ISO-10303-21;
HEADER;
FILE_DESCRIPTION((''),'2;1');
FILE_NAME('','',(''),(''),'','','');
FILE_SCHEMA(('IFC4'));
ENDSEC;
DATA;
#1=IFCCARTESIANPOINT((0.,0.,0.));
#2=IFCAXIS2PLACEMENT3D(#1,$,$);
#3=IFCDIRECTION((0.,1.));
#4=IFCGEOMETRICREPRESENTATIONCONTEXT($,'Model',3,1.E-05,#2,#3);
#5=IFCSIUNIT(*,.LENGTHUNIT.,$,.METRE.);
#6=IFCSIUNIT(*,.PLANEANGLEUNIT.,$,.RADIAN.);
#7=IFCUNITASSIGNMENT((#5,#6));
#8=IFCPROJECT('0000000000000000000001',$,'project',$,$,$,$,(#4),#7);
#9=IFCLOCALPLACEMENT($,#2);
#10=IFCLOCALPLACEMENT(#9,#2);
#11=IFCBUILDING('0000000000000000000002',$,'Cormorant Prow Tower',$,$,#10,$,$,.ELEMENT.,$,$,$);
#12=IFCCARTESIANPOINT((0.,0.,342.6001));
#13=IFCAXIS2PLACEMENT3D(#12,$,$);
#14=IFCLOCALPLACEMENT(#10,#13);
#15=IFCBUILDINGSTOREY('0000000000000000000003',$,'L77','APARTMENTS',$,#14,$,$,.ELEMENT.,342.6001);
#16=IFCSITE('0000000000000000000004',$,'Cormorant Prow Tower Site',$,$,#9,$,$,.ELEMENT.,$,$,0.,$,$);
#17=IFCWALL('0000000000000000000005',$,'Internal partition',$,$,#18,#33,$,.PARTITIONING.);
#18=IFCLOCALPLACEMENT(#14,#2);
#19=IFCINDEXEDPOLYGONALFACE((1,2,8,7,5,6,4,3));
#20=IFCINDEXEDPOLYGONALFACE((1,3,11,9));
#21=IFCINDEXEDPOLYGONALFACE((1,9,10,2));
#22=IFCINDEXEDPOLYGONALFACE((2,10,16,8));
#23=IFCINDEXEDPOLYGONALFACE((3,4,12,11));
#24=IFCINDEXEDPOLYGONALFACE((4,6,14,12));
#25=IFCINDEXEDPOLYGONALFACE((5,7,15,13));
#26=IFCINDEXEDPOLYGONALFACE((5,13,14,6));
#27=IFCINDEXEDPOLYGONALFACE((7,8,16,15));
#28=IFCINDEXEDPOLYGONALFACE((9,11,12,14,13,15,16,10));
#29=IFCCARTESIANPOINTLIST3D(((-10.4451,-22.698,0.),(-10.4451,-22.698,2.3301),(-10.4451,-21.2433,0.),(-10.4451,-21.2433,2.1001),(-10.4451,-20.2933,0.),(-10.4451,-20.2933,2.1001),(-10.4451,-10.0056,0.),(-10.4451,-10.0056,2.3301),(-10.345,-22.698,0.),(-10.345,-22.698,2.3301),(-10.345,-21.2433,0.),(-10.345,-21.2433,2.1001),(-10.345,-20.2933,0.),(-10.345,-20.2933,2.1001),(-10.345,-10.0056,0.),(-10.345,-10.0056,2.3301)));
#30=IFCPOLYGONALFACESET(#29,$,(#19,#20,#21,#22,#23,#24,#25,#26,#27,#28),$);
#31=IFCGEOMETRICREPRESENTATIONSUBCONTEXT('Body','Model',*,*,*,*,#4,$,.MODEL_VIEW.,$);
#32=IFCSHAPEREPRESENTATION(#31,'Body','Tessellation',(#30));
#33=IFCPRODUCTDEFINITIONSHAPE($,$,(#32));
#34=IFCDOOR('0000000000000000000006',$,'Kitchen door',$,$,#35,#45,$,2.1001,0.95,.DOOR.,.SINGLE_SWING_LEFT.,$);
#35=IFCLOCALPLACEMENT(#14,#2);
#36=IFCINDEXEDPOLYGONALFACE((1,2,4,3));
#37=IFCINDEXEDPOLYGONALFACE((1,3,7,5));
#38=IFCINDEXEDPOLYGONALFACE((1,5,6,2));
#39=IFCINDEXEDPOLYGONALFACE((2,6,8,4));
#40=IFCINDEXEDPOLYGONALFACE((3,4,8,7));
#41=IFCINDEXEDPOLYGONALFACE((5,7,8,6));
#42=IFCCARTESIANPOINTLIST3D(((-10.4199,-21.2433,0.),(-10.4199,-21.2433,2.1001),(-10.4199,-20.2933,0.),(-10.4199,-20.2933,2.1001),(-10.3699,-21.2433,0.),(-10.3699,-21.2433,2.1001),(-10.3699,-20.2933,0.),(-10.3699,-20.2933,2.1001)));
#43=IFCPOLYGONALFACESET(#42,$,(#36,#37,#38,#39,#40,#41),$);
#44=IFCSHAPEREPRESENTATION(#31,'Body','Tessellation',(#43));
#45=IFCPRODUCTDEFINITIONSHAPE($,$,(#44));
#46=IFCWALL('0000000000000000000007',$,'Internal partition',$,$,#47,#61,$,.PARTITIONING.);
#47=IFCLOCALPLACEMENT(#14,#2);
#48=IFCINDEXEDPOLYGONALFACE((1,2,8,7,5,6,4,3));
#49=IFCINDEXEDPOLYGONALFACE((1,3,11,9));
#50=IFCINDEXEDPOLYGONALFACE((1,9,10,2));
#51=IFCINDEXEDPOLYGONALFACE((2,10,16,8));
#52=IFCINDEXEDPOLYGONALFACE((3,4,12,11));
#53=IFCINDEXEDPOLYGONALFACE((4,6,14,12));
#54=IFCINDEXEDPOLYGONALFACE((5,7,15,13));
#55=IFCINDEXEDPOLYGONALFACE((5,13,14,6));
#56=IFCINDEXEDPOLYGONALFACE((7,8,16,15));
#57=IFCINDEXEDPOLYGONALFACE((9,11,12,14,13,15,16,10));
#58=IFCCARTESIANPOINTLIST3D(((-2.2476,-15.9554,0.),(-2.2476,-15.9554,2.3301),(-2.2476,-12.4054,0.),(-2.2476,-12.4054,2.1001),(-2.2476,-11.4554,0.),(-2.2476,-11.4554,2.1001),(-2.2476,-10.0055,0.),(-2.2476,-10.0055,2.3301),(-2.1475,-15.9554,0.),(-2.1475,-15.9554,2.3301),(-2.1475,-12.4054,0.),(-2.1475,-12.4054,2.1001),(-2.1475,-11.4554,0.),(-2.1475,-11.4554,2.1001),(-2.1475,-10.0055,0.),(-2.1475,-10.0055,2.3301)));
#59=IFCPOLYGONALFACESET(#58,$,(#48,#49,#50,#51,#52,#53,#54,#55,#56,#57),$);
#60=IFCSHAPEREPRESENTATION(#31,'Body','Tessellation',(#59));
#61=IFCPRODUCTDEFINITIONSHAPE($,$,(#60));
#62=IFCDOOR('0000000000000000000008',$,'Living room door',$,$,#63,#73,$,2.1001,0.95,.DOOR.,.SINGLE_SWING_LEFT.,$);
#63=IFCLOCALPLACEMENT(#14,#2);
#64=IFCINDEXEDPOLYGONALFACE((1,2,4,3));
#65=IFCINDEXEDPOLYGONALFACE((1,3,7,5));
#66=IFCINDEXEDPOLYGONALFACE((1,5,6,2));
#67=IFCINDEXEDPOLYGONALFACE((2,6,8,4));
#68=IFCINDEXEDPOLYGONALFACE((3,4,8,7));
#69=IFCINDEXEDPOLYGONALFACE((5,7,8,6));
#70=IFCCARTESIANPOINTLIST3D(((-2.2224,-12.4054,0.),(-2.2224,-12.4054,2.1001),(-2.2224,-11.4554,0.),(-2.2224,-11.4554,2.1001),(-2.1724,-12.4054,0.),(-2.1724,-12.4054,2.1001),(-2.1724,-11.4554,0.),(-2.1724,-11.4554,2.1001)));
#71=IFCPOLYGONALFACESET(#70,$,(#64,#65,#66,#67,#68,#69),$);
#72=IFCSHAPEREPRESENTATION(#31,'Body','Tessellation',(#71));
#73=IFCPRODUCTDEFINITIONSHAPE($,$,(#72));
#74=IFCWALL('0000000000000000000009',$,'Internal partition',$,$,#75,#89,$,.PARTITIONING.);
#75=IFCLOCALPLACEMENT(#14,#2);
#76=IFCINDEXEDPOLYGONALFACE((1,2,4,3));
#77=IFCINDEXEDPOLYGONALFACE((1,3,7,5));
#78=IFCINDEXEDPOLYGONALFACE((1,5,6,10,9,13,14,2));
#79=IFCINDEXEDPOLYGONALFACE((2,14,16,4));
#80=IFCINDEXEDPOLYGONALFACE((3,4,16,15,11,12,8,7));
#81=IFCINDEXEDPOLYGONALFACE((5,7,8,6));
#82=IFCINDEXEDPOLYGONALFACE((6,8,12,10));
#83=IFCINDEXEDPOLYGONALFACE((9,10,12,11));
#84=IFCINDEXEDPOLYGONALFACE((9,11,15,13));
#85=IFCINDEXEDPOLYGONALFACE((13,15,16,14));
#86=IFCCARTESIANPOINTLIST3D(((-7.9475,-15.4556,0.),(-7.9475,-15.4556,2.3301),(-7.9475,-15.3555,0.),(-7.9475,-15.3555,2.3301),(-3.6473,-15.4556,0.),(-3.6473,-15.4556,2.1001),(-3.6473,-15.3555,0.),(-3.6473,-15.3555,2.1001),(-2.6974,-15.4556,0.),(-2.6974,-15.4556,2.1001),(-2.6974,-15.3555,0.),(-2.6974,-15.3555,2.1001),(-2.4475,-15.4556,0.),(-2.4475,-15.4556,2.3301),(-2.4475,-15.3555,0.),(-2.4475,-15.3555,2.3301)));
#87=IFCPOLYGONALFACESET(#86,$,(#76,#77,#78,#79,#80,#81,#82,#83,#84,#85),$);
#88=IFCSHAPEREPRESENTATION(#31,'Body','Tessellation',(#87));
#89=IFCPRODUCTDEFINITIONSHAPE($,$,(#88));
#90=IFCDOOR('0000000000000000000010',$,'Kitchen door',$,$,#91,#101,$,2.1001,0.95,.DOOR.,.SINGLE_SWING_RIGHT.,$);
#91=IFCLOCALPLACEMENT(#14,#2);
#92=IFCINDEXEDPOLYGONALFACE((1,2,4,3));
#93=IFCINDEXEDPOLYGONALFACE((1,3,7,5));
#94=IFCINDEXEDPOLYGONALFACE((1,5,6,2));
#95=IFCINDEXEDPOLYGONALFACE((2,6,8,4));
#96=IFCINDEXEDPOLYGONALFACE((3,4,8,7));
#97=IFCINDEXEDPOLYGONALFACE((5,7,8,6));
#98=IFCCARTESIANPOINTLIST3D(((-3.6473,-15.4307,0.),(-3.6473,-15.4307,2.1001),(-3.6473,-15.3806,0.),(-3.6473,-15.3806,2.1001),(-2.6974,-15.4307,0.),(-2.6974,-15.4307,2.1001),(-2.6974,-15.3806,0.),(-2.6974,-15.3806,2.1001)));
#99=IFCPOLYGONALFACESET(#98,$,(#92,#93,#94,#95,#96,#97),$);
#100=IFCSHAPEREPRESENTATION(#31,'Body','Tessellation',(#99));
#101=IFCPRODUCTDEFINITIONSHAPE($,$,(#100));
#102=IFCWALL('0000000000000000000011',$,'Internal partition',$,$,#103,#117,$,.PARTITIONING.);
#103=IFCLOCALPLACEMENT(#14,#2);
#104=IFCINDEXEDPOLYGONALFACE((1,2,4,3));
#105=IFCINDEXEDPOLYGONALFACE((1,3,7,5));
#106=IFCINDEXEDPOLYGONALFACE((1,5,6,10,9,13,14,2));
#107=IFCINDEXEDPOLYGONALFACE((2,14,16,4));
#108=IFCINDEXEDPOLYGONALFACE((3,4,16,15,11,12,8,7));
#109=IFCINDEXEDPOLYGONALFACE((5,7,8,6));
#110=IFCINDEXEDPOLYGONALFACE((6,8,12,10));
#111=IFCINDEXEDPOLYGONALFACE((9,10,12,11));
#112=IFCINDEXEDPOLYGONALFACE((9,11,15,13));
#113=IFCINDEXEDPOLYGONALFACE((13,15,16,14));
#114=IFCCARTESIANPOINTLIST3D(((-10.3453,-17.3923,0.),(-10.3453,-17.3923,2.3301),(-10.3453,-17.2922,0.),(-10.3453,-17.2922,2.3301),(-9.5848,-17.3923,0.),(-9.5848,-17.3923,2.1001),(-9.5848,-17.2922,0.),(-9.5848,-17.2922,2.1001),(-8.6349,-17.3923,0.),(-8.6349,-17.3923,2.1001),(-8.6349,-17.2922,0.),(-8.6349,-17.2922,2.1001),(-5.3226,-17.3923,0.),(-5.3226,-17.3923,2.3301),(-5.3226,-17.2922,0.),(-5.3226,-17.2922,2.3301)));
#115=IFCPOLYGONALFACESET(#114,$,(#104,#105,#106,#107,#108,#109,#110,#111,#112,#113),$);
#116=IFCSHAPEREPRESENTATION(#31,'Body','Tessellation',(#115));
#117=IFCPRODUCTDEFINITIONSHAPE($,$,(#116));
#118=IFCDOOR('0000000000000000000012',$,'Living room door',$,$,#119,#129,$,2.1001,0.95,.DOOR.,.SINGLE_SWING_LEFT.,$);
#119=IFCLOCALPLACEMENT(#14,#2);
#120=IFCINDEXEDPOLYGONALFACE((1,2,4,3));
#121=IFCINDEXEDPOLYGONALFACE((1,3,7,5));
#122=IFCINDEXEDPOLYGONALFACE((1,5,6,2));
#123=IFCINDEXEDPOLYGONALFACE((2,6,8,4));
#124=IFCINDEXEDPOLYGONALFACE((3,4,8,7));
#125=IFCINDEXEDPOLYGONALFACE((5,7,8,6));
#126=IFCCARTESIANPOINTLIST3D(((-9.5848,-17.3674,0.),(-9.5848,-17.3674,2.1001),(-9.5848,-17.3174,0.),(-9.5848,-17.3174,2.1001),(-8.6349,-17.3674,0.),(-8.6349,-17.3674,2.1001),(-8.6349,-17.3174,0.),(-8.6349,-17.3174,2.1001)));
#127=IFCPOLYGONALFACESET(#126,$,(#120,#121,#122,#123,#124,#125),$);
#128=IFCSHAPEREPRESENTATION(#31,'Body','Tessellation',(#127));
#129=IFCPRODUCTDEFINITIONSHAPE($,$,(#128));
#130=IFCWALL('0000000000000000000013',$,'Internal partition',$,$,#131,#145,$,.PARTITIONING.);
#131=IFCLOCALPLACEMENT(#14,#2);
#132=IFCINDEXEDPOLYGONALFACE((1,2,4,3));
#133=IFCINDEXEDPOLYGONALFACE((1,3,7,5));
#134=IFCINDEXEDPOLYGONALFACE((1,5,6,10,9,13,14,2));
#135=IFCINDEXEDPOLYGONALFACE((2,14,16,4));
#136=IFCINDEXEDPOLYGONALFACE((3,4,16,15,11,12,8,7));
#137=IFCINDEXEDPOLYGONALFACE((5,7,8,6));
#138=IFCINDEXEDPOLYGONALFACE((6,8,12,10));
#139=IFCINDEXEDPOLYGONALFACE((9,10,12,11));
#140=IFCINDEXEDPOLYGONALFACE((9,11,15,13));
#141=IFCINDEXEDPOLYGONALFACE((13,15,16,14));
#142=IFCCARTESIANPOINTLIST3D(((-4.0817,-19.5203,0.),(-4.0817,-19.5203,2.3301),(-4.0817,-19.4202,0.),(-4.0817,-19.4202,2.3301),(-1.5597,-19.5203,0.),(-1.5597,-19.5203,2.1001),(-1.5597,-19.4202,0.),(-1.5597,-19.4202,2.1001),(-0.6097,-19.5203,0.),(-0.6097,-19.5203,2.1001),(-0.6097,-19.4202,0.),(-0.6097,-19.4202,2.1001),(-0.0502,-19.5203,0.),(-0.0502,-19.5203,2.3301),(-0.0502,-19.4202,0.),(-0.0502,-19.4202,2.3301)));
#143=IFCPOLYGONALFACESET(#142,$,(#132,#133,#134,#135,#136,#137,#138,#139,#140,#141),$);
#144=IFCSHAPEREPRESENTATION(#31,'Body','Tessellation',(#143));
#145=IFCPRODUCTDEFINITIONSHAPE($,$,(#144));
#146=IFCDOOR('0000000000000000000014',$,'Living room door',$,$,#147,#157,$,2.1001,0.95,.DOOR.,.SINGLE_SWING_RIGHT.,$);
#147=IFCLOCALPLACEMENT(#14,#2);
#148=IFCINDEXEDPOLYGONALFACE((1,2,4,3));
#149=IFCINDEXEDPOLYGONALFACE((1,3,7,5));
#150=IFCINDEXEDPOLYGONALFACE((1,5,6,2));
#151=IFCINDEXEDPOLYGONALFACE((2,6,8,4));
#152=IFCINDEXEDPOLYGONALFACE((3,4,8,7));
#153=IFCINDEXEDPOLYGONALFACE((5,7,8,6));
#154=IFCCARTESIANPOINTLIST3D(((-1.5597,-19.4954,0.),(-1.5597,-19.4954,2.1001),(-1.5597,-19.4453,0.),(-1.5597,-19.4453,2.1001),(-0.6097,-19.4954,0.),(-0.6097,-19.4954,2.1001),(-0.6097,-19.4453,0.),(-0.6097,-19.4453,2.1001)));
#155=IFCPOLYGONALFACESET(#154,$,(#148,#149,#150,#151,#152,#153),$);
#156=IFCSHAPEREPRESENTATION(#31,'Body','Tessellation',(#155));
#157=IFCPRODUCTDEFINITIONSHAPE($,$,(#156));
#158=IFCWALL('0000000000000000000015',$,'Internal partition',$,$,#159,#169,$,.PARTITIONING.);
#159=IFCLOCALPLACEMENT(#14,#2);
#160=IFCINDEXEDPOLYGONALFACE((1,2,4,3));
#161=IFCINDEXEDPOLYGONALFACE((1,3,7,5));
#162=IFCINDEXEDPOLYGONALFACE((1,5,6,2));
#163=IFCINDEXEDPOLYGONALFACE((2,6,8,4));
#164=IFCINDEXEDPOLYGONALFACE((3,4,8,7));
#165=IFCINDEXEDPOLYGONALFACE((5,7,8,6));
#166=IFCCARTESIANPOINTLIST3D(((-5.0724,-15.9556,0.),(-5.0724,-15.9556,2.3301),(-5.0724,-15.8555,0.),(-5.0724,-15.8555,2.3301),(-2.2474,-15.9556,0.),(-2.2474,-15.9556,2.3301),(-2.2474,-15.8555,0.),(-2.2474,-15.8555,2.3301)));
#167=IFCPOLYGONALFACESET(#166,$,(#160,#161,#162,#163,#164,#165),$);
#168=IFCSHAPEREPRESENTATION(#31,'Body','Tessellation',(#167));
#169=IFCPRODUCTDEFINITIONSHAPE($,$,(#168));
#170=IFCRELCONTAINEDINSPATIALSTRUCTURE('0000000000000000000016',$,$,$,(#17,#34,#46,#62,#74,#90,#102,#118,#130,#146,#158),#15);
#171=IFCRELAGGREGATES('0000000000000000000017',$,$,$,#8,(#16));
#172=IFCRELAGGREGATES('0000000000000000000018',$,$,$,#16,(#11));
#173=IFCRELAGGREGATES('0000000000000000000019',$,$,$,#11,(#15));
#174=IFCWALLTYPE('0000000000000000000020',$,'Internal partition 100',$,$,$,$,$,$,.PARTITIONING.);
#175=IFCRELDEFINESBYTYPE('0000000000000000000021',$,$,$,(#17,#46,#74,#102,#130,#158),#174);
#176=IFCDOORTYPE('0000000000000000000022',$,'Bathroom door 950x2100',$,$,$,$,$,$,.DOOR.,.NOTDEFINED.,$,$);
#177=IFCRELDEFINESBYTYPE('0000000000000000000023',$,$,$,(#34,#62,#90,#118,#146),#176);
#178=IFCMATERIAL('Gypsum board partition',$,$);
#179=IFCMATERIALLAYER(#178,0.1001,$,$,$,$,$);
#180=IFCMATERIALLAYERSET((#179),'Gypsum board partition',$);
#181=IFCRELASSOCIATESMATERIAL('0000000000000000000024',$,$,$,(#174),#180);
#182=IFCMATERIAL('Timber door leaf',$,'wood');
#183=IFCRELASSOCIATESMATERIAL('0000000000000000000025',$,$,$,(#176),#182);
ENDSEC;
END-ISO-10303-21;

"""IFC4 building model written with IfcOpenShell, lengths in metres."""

from ifc_helpers import new_model, si_unit, direction, frame, frame_2d, origin, place, context, subcontext, project, spatial, rectangle, extrude, material, layer, layer_set, type_object, element, fill, save


model = new_model("IFC4")

# Units and contexts
model_context = context("Model", 3, precision=1e-05, world=origin(), true_north=direction((0.0, 1.0)))
body_context = subcontext(model_context, "Body", "Model", "MODEL_VIEW")
ifc_project = project(units=[si_unit("LENGTHUNIT", "METRE"), si_unit("PLANEANGLEUNIT", "RADIAN")], contexts=[model_context])

# Site, building, storey
site_placement = place(None, origin())
site = spatial("IfcSite", under=ifc_project, at=site_placement, Name="Cormorant Prow Tower Site", CompositionType="ELEMENT", RefElevation=0.0)
building_placement = place(site_placement, origin())
building = spatial("IfcBuilding", under=site, at=building_placement, Name="Cormorant Prow Tower", CompositionType="ELEMENT")
storey_placement = place(building_placement, frame((0.0, 0.0, 342.6001)))
storey = spatial("IfcBuildingStorey", under=building, at=storey_placement, Name="L77", Description="APARTMENTS", CompositionType="ELEMENT", Elevation=342.6001)

# Walls, openings, doors
ifc_material_1 = material(Name="Gypsum board partition")
ifc_layer_1 = layer(ifc_material_1, 0.1001)
ifc_layer_set_1 = layer_set([ifc_layer_1], Name="Gypsum board partition")
wall_type_1 = type_object("IfcWallType", Name="Internal partition 100", PredefinedType="PARTITIONING", material=ifc_layer_set_1)
wall_1_placement = place(storey_placement, frame((-10.395, -22.698, 0.0), z_axis=(0.0, 0.0, 1.0), x_axis=(0.0, 1.0, 0.0)))
wall_1 = element("IfcWall", 1, at=wall_1_placement, inside=storey, type_object=wall_type_1, Name="Internal partition", PredefinedType="PARTITIONING", context=body_context, shape_type="SweptSolid", body=[
    extrude(rectangle(XDim=12.6924, YDim=0.1001, at=frame_2d((6.3462, 0.0))), origin(), (0.0, 0.0, 1.0), 2.3301),
])
opening_1_placement = place(wall_1_placement, frame((1.4546, 0.0, 0.0)))
opening_1 = element("IfcOpeningElement", 2, at=opening_1_placement, cuts=wall_1, PredefinedType="OPENING", context=body_context, shape_type="SweptSolid", body=[
    extrude(rectangle(XDim=0.95, YDim=2.1001, at=frame_2d((0.4751, 1.05))), frame((0.0, 0.0601, 0.0), z_axis=(0.0, -1.0, 0.0), x_axis=(1.0, 0.0, 0.0)), (0.0, 0.0, 1.0), 0.1201),
])
ifc_material_2 = material(Name="Timber door leaf", Category="wood")
door_type_1 = type_object("IfcDoorType", Name="Bathroom door 950x2100", OperationType="NOTDEFINED", PredefinedType="DOOR", material=ifc_material_2)
door_1_placement = place(opening_1_placement, origin())
door_1 = element("IfcDoor", 3, at=door_1_placement, inside=storey, type_object=door_type_1, Name="Kitchen door", OperationType="SINGLE_SWING_LEFT", OverallHeight=2.1001, OverallWidth=0.95, PredefinedType="DOOR", context=body_context, shape_type="SweptSolid", body=[
    extrude(rectangle(XDim=0.95, YDim=2.1001, at=frame_2d((0.4751, 1.05))), frame((0.0, 0.0249, 0.0), z_axis=(0.0, -1.0, 0.0), x_axis=(1.0, 0.0, 0.0)), (0.0, 0.0, 1.0), 0.05),
])
fill(opening_1, door_1)
wall_2_placement = place(storey_placement, frame((-2.1975, -15.9556, 0.0), z_axis=(0.0, 0.0, 1.0), x_axis=(0.0, 1.0, 0.0)))
wall_2 = element("IfcWall", 4, at=wall_2_placement, inside=storey, type_object=wall_type_1, Name="Internal partition", PredefinedType="PARTITIONING", context=body_context, shape_type="SweptSolid", body=[
    extrude(rectangle(XDim=5.95, YDim=0.1001, at=frame_2d((2.9751, 0.0))), origin(), (0.0, 0.0, 1.0), 2.3301),
])
opening_2_placement = place(wall_2_placement, frame((3.55, 0.0, 0.0)))
opening_2 = element("IfcOpeningElement", 5, at=opening_2_placement, cuts=wall_2, PredefinedType="OPENING", context=body_context, shape_type="SweptSolid", body=[
    extrude(rectangle(XDim=0.95, YDim=2.1001, at=frame_2d((0.4751, 1.05))), frame((0.0, 0.0601, 0.0), z_axis=(0.0, -1.0, 0.0), x_axis=(1.0, 0.0, 0.0)), (0.0, 0.0, 1.0), 0.1201),
])
door_2_placement = place(opening_2_placement, origin())
door_2 = element("IfcDoor", 6, at=door_2_placement, inside=storey, type_object=door_type_1, Name="Living room door", OperationType="SINGLE_SWING_LEFT", OverallHeight=2.1001, OverallWidth=0.95, PredefinedType="DOOR", context=body_context, shape_type="SweptSolid", body=[
    extrude(rectangle(XDim=0.95, YDim=2.1001, at=frame_2d((0.4751, 1.05))), frame((0.0, 0.0249, 0.0), z_axis=(0.0, -1.0, 0.0), x_axis=(1.0, 0.0, 0.0)), (0.0, 0.0, 1.0), 0.05),
])
fill(opening_2, door_2)
wall_3_placement = place(storey_placement, frame((-7.9475, -15.4055, 0.0), z_axis=(0.0, 0.0, 1.0), x_axis=(1.0, 0.0, 0.0)))
wall_3 = element("IfcWall", 7, at=wall_3_placement, inside=storey, type_object=wall_type_1, Name="Internal partition", PredefinedType="PARTITIONING", context=body_context, shape_type="SweptSolid", body=[
    extrude(rectangle(XDim=5.5, YDim=0.1001, at=frame_2d((2.75, 0.0))), origin(), (0.0, 0.0, 1.0), 2.3301),
])
opening_3_placement = place(wall_3_placement, frame((4.3, 0.0, 0.0)))
opening_3 = element("IfcOpeningElement", 8, at=opening_3_placement, cuts=wall_3, PredefinedType="OPENING", context=body_context, shape_type="SweptSolid", body=[
    extrude(rectangle(XDim=0.95, YDim=2.1001, at=frame_2d((0.4751, 1.05))), frame((0.0, 0.0601, 0.0), z_axis=(0.0, -1.0, 0.0), x_axis=(1.0, 0.0, 0.0)), (0.0, 0.0, 1.0), 0.1201),
])
door_3_placement = place(opening_3_placement, origin())
door_3 = element("IfcDoor", 9, at=door_3_placement, inside=storey, type_object=door_type_1, Name="Kitchen door", OperationType="SINGLE_SWING_RIGHT", OverallHeight=2.1001, OverallWidth=0.95, PredefinedType="DOOR", context=body_context, shape_type="SweptSolid", body=[
    extrude(rectangle(XDim=0.95, YDim=2.1001, at=frame_2d((0.4751, 1.05))), frame((0.0, 0.0249, 0.0), z_axis=(0.0, -1.0, 0.0), x_axis=(1.0, 0.0, 0.0)), (0.0, 0.0, 1.0), 0.05),
])
fill(opening_3, door_3)
wall_4_placement = place(storey_placement, frame((-10.3452, -17.3423, 0.0), z_axis=(0.0, 0.0, 1.0), x_axis=(1.0, 0.0, 0.0)))
wall_4 = element("IfcWall", 10, at=wall_4_placement, inside=storey, type_object=wall_type_1, Name="Internal partition", PredefinedType="PARTITIONING", context=body_context, shape_type="SweptSolid", body=[
    extrude(rectangle(XDim=5.0227, YDim=0.1001, at=frame_2d((2.5112, 0.0))), origin(), (0.0, 0.0, 1.0), 2.3301),
])
opening_4_placement = place(wall_4_placement, frame((0.7603, 0.0, 0.0)))
opening_4 = element("IfcOpeningElement", 11, at=opening_4_placement, cuts=wall_4, PredefinedType="OPENING", context=body_context, shape_type="SweptSolid", body=[
    extrude(rectangle(XDim=0.95, YDim=2.1001, at=frame_2d((0.4751, 1.05))), frame((0.0, 0.0601, 0.0), z_axis=(0.0, -1.0, 0.0), x_axis=(1.0, 0.0, 0.0)), (0.0, 0.0, 1.0), 0.1201),
])
door_4_placement = place(opening_4_placement, origin())
door_4 = element("IfcDoor", 12, at=door_4_placement, inside=storey, type_object=door_type_1, Name="Living room door", OperationType="SINGLE_SWING_LEFT", OverallHeight=2.1001, OverallWidth=0.95, PredefinedType="DOOR", context=body_context, shape_type="SweptSolid", body=[
    extrude(rectangle(XDim=0.95, YDim=2.1001, at=frame_2d((0.4751, 1.05))), frame((0.0, 0.0249, 0.0), z_axis=(0.0, -1.0, 0.0), x_axis=(1.0, 0.0, 0.0)), (0.0, 0.0, 1.0), 0.05),
])
fill(opening_4, door_4)
wall_5_placement = place(storey_placement, frame((-4.0815, -19.4702, 0.0), z_axis=(0.0, 0.0, 1.0), x_axis=(1.0, 0.0, 0.0)))
wall_5 = element("IfcWall", 13, at=wall_5_placement, inside=storey, type_object=wall_type_1, Name="Internal partition", PredefinedType="PARTITIONING", context=body_context, shape_type="SweptSolid", body=[
    extrude(rectangle(XDim=4.0315, YDim=0.1001, at=frame_2d((2.0156, 0.0))), origin(), (0.0, 0.0, 1.0), 2.3301),
])
opening_5_placement = place(wall_5_placement, frame((2.5217, 0.0, 0.0)))
opening_5 = element("IfcOpeningElement", 14, at=opening_5_placement, cuts=wall_5, PredefinedType="OPENING", context=body_context, shape_type="SweptSolid", body=[
    extrude(rectangle(XDim=0.95, YDim=2.1001, at=frame_2d((0.4751, 1.05))), frame((0.0, 0.0601, 0.0), z_axis=(0.0, -1.0, 0.0), x_axis=(1.0, 0.0, 0.0)), (0.0, 0.0, 1.0), 0.1201),
])
door_5_placement = place(opening_5_placement, origin())
door_5 = element("IfcDoor", 15, at=door_5_placement, inside=storey, type_object=door_type_1, Name="Living room door", OperationType="SINGLE_SWING_RIGHT", OverallHeight=2.1001, OverallWidth=0.95, PredefinedType="DOOR", context=body_context, shape_type="SweptSolid", body=[
    extrude(rectangle(XDim=0.95, YDim=2.1001, at=frame_2d((0.4751, 1.05))), frame((0.0, 0.0249, 0.0), z_axis=(0.0, -1.0, 0.0), x_axis=(1.0, 0.0, 0.0)), (0.0, 0.0, 1.0), 0.05),
])
fill(opening_5, door_5)

# Wall
wall_6_placement = place(storey_placement, frame((-5.0725, -15.9055, 0.0), z_axis=(0.0, 0.0, 1.0), x_axis=(1.0, 0.0, 0.0)))
element("IfcWall", 16, at=wall_6_placement, inside=storey, type_object=wall_type_1, Name="Internal partition", PredefinedType="PARTITIONING", context=body_context, shape_type="SweptSolid", body=[
    extrude(rectangle(XDim=2.825, YDim=0.1001, at=frame_2d((1.4126, 0.0))), origin(), (0.0, 0.0, 1.0), 2.3301),
])

save(model, "model.ifc")
